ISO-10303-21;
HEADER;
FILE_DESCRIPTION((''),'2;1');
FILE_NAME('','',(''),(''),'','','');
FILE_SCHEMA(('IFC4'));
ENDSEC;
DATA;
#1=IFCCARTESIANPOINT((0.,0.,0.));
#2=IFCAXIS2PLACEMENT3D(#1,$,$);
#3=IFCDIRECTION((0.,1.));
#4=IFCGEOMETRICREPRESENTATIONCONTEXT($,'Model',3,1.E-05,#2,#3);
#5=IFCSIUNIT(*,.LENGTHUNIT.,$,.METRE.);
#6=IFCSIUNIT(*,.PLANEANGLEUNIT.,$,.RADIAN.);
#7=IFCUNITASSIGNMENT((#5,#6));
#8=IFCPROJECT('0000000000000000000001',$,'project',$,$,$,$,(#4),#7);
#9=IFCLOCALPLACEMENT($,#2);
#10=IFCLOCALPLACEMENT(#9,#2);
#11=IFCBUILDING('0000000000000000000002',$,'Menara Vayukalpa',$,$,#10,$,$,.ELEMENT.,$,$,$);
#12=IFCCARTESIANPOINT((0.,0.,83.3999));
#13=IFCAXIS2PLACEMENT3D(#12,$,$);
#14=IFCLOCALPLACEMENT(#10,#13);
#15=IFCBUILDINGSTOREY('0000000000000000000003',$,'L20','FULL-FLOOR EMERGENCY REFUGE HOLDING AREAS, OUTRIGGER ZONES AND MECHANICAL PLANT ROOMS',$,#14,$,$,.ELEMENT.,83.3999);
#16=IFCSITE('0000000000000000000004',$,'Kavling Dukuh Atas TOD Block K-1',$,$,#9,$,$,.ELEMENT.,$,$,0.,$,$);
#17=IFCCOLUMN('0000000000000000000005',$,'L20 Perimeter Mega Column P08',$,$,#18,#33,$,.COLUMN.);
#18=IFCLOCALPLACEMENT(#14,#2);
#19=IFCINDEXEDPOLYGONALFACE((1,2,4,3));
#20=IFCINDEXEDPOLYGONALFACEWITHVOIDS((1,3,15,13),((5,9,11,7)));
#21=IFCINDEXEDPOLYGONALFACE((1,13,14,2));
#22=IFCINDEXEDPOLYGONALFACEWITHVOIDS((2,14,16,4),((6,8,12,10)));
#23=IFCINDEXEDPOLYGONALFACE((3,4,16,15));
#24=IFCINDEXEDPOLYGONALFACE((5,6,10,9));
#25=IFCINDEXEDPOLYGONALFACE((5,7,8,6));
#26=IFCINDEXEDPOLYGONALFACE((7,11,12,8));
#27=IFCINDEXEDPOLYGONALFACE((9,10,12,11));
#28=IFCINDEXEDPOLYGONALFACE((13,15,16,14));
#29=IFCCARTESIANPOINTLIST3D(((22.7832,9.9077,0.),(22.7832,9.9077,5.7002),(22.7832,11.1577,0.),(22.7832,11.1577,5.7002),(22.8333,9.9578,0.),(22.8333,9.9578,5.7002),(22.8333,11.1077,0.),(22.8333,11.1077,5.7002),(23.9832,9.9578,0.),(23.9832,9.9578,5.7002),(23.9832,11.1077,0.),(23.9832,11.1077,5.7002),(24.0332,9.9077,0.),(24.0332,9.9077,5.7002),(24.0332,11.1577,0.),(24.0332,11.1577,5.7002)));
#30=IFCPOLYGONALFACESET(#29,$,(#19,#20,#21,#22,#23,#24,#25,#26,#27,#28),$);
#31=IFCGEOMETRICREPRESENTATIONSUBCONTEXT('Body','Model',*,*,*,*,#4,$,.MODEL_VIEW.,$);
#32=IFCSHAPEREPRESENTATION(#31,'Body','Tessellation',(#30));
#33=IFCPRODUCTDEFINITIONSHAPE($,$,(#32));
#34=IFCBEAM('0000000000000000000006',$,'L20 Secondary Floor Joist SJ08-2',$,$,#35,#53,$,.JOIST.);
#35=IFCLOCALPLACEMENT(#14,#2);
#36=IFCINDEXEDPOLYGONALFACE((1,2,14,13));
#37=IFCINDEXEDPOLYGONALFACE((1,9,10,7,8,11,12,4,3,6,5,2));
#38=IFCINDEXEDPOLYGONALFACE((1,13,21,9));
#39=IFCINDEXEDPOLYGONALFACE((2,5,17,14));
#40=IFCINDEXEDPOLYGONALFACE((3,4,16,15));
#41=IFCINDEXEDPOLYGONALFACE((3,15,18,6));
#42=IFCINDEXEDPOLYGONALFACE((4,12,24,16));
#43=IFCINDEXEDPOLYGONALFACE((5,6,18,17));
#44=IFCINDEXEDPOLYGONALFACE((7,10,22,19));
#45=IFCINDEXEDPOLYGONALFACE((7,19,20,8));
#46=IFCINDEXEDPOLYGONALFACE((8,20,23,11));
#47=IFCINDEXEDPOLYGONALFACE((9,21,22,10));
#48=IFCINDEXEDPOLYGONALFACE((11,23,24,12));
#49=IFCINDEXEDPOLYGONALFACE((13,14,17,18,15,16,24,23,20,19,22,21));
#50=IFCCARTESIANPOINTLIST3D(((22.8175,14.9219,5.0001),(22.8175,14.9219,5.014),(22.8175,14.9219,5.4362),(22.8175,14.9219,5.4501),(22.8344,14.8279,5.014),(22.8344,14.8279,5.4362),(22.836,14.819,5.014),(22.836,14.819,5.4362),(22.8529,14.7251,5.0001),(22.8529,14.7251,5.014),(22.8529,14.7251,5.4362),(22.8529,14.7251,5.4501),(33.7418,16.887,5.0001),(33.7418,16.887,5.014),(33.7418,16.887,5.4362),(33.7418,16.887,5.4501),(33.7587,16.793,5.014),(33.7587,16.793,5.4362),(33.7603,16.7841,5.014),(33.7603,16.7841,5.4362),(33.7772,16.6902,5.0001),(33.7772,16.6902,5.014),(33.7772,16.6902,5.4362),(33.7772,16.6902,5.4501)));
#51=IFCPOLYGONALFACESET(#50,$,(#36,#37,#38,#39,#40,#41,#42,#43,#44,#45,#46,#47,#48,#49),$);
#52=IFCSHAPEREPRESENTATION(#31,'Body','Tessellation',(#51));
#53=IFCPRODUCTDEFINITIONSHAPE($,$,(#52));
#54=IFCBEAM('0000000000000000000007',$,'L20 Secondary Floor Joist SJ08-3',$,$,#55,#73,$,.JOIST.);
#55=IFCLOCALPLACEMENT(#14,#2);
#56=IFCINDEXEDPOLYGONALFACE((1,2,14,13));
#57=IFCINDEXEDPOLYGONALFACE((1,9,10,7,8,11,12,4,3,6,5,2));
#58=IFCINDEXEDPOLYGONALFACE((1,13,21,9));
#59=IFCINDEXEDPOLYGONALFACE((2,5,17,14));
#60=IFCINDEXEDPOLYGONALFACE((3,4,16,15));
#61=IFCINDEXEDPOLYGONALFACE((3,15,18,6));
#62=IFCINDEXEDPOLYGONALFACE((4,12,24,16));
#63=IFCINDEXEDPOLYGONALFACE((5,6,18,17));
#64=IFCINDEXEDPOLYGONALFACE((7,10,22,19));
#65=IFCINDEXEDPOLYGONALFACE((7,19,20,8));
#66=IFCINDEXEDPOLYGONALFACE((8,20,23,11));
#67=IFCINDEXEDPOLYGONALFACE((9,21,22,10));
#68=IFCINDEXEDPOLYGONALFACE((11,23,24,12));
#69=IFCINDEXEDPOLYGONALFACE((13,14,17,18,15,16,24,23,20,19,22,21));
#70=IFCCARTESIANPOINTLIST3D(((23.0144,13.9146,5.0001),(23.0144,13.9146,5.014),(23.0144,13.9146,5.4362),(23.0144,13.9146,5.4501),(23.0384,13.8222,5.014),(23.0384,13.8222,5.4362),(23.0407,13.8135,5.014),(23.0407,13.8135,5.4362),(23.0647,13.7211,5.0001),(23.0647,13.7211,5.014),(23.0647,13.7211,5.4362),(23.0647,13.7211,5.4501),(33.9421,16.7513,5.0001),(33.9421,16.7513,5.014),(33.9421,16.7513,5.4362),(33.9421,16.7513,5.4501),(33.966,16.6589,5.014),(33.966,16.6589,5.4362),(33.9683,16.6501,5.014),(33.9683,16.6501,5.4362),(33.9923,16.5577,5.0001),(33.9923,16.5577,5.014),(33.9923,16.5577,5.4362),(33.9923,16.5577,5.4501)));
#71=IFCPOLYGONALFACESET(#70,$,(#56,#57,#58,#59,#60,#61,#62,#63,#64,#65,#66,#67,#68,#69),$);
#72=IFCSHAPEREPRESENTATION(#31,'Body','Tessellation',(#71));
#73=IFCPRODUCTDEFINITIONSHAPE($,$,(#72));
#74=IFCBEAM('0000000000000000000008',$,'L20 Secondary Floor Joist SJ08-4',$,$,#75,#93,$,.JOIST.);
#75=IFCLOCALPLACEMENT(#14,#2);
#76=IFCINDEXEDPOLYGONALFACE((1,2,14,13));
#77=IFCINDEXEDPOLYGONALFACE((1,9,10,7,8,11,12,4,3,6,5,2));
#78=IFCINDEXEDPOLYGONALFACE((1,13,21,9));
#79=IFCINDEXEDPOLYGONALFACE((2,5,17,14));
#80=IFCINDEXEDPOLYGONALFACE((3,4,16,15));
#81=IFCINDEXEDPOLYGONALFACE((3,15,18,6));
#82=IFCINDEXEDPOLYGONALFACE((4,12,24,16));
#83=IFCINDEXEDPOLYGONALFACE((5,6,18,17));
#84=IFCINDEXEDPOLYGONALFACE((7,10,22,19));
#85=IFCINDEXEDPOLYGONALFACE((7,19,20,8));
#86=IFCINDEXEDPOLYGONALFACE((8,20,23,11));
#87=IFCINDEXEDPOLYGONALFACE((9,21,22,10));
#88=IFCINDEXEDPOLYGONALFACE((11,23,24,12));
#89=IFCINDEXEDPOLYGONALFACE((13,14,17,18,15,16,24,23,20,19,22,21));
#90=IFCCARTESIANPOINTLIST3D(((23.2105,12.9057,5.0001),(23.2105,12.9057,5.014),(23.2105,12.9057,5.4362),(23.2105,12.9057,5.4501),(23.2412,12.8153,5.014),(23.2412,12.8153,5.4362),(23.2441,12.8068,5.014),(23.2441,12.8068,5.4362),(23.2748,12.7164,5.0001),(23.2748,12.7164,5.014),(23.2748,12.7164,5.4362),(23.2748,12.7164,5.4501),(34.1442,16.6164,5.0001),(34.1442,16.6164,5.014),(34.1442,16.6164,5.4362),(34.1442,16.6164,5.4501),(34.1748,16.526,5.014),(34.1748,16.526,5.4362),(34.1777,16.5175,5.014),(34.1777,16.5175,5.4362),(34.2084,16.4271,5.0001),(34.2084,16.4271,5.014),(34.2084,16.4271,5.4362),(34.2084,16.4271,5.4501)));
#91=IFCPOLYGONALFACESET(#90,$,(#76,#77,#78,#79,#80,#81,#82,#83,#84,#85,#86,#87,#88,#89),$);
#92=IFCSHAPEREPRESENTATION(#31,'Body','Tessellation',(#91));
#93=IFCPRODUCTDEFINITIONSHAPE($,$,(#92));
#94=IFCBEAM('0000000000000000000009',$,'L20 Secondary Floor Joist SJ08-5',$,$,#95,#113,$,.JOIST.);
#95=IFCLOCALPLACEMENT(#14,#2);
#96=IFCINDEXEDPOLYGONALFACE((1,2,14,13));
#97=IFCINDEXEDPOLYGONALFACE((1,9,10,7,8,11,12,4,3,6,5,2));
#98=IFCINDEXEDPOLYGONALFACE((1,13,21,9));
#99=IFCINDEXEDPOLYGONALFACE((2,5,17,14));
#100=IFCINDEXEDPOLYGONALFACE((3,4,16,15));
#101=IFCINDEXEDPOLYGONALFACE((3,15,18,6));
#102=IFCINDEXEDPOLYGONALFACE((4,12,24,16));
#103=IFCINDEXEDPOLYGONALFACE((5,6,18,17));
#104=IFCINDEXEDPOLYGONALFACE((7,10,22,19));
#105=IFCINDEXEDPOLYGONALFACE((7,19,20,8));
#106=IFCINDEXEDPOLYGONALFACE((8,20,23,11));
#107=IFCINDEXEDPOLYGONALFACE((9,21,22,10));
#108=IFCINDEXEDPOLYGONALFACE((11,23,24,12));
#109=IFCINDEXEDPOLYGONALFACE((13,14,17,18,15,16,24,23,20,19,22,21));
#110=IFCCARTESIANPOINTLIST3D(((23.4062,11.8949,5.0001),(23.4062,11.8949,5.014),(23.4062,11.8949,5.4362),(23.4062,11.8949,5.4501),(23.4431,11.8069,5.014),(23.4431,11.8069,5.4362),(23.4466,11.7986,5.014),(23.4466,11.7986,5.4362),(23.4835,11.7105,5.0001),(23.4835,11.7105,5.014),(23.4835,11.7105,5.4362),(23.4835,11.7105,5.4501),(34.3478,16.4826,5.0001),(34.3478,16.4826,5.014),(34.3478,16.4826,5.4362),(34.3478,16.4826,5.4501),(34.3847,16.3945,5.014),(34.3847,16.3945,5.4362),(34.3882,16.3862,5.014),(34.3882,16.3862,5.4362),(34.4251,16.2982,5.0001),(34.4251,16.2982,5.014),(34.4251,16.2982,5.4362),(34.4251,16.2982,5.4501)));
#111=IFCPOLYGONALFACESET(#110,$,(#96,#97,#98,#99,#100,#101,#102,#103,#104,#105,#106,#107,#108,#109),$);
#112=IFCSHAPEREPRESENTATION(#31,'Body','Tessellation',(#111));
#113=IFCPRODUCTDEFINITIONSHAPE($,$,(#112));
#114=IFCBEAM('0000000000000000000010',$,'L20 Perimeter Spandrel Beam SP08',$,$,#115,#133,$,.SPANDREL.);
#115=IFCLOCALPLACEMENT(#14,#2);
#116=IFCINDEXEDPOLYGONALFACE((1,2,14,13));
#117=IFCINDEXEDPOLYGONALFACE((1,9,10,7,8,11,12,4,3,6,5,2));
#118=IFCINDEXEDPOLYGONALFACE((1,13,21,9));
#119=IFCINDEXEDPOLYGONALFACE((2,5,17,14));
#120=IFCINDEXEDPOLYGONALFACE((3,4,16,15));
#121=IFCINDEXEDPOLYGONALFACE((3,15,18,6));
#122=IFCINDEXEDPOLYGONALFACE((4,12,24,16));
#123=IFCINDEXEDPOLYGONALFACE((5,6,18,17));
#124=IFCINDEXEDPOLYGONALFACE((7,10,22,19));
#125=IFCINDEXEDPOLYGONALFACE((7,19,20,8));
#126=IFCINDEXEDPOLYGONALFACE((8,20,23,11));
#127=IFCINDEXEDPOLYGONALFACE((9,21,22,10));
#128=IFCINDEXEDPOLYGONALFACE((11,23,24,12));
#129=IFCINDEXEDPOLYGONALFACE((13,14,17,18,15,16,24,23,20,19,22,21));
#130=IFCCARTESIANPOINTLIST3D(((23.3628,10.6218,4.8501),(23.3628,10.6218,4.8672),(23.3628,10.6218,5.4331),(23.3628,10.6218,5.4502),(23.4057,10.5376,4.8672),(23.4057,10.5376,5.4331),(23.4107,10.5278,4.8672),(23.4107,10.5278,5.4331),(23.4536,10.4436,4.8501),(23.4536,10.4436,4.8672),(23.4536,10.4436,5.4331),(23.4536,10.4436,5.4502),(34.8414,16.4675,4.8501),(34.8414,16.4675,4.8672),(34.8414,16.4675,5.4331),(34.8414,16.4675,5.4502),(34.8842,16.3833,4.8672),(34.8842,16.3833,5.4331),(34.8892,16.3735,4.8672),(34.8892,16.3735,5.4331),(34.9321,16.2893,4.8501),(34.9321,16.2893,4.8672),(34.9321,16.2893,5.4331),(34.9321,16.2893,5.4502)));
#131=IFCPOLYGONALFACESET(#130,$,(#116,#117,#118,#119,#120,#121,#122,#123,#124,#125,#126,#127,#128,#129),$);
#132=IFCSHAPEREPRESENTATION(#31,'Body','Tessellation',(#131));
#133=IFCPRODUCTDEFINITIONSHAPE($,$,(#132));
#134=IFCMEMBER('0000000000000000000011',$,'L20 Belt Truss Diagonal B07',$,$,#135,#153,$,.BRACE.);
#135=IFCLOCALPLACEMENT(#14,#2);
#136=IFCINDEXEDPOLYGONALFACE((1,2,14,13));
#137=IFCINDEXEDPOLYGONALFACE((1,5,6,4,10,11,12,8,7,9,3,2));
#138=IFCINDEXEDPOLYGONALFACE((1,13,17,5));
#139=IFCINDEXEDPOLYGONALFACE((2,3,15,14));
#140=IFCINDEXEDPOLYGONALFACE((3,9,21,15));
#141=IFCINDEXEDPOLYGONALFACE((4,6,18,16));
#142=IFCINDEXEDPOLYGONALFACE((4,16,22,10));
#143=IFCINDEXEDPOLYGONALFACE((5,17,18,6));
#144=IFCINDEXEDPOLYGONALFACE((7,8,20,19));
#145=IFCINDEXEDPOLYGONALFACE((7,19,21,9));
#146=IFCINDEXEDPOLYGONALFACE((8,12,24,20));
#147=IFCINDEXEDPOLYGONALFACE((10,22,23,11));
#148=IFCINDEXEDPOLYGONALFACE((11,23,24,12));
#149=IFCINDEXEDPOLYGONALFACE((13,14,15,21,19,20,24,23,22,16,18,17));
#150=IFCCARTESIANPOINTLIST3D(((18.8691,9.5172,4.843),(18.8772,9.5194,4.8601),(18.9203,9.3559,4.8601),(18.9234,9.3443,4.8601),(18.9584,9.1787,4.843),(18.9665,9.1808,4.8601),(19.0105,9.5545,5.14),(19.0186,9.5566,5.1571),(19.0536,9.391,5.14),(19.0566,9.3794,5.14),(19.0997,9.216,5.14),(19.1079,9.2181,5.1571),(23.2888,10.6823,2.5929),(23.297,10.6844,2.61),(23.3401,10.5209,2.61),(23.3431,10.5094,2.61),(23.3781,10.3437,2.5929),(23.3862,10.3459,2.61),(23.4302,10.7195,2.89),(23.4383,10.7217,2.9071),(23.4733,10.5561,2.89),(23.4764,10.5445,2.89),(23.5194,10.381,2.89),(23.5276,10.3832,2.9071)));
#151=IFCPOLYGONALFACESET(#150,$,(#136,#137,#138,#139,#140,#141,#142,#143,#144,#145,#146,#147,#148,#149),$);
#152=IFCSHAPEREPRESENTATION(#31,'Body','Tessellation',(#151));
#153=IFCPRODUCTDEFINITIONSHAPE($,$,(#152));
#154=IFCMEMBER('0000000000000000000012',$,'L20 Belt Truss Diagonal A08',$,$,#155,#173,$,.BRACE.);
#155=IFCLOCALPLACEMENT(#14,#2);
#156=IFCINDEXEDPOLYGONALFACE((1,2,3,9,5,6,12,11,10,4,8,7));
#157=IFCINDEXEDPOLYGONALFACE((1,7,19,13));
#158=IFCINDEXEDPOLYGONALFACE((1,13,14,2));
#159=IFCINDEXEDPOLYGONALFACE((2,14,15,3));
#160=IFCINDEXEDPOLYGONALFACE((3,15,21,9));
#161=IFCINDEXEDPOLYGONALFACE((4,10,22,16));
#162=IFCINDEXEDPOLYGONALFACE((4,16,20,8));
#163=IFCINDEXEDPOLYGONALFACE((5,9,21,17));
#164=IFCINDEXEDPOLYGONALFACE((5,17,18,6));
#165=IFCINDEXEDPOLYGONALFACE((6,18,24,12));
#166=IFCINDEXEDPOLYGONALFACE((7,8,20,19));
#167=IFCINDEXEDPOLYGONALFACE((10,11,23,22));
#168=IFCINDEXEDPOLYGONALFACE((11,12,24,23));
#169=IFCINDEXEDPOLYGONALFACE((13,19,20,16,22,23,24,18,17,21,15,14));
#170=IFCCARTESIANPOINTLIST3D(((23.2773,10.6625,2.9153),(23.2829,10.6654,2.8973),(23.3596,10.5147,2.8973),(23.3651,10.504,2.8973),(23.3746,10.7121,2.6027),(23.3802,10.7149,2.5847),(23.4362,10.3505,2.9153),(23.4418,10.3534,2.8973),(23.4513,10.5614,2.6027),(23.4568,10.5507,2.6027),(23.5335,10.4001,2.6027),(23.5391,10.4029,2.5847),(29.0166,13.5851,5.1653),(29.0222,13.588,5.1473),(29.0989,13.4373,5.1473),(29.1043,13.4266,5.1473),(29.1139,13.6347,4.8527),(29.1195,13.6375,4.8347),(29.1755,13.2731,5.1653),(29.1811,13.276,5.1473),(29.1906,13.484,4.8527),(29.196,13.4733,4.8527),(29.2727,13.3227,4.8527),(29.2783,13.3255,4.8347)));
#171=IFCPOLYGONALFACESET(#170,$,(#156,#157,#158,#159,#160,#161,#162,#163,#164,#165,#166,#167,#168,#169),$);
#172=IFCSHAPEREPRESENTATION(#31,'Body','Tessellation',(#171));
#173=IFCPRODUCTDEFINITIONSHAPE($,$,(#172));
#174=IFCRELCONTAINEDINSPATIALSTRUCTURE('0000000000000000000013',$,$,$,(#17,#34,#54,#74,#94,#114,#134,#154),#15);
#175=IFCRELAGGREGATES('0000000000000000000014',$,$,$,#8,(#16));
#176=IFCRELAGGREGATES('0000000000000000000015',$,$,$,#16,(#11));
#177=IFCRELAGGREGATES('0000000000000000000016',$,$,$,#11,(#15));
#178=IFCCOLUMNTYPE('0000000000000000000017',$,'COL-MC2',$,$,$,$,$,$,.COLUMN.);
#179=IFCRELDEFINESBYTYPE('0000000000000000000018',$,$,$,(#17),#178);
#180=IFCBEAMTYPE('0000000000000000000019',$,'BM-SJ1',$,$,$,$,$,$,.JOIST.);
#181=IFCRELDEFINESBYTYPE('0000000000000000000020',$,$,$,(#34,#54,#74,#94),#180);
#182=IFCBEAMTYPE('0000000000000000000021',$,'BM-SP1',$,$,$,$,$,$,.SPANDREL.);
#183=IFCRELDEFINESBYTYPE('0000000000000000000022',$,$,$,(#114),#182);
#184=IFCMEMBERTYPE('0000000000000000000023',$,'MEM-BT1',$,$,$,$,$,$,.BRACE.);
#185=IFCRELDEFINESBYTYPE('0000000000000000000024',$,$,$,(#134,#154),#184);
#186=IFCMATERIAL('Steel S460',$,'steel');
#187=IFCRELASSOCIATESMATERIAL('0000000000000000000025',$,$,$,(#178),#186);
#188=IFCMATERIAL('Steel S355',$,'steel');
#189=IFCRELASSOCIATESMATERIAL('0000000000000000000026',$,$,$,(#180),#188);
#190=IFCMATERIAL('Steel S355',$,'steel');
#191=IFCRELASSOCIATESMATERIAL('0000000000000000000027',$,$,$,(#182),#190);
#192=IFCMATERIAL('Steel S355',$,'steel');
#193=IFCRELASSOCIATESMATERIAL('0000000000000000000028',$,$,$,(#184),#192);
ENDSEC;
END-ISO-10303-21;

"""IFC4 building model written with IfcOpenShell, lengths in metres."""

from ifc_helpers import new_model, si_unit, direction, frame, origin, origin_2d, place, context, subcontext, project, spatial, hollow_rectangle, i_section, extrude, material, material_profile, profile_set, type_object, element, save


model = new_model("IFC4")

# Units and contexts
model_context = context("Model", 3, precision=1e-05, world=origin(), true_north=direction((0.0, 1.0)))
body_context = subcontext(model_context, "Body", "Model", "MODEL_VIEW")
ifc_project = project(units=[si_unit("LENGTHUNIT", "METRE"), si_unit("PLANEANGLEUNIT", "RADIAN")], contexts=[model_context])

# Site, building, storey
site_placement = place(None, origin())
site = spatial("IfcSite", under=ifc_project, at=site_placement, Name="Kavling Dukuh Atas TOD Block K-1", CompositionType="ELEMENT", RefElevation=0.0)
building_placement = place(site_placement, origin())
building = spatial("IfcBuilding", under=site, at=building_placement, Name="Menara Vayukalpa", CompositionType="ELEMENT")
storey_placement = place(building_placement, frame((0.0, 0.0, 83.3999)))
storey = spatial("IfcBuildingStorey", under=building, at=storey_placement, Name="L20", Description="FULL-FLOOR EMERGENCY REFUGE HOLDING AREAS, OUTRIGGER ZONES AND MECHANICAL PLANT ROOMS", CompositionType="ELEMENT", Elevation=83.3999)

# Column
ifc_material_1 = material(Name="Steel S460", Category="steel")
ifc_material_profile_1 = material_profile(ifc_material_1, hollow_rectangle(XDim=1.25, YDim=1.25, WallThickness=0.05, at=origin_2d()), Name="BOX 1250x1250x50")
ifc_profile_set_1 = profile_set([ifc_material_profile_1], Name="Steel S460")
column_type = type_object("IfcColumnType", Name="COL-MC2", PredefinedType="COLUMN", material=ifc_profile_set_1)
column_placement = place(storey_placement, frame((23.4082, 10.5327, 0.0), z_axis=(0.0, 0.0, 1.0), x_axis=(1.0, 0.0, 0.0)))
element("IfcColumn", 1, at=column_placement, inside=storey, type_object=column_type, Name="L20 Perimeter Mega Column P08", PredefinedType="COLUMN", context=body_context, shape_type="SweptSolid", body=[
    extrude(hollow_rectangle(XDim=1.25, YDim=1.25, WallThickness=0.05, at=origin_2d()), origin(), (0.0, 0.0, 1.0), 5.7002),
])

# Beams
ifc_material_2 = material(Name="Steel S355", Category="steel")
ifc_material_profile_2 = material_profile(ifc_material_2, i_section(OverallWidth=0.2, OverallDepth=0.45, WebThickness=0.009, FlangeThickness=0.0139, at=origin_2d()), Name="WF 450x200x9x14")
ifc_profile_set_2 = profile_set([ifc_material_profile_2], Name="Steel S355")
beam_type_1 = type_object("IfcBeamType", Name="BM-SJ1", PredefinedType="JOIST", material=ifc_profile_set_2)
beam_1_placement = place(storey_placement, frame((22.8352, 14.8235, 5.2251), z_axis=(0.984204, 0.177041, 0.0), x_axis=(-0.177041, 0.984204, 0.0)))
element("IfcBeam", 2, at=beam_1_placement, inside=storey, type_object=beam_type_1, Name="L20 Secondary Floor Joist SJ08-2", PredefinedType="JOIST", context=body_context, shape_type="SweptSolid", body=[
    extrude(i_section(OverallWidth=0.2, OverallDepth=0.45, WebThickness=0.009, FlangeThickness=0.0139, at=origin_2d()), origin(), (0.0, 0.0, 1.0), 11.0996),
])
beam_2_placement = place(storey_placement, frame((23.0396, 13.8179, 5.2251), z_axis=(0.96792, 0.251257, 0.0), x_axis=(-0.251257, 0.96792, 0.0)))
element("IfcBeam", 3, at=beam_2_placement, inside=storey, type_object=beam_type_1, Name="L20 Secondary Floor Joist SJ08-3", PredefinedType="JOIST", context=body_context, shape_type="SweptSolid", body=[
    extrude(i_section(OverallWidth=0.2, OverallDepth=0.45, WebThickness=0.009, FlangeThickness=0.0139, at=origin_2d()), origin(), (0.0, 0.0, 1.0), 11.2898),
])
beam_3_placement = place(storey_placement, frame((23.2427, 12.811, 5.2251), z_axis=(0.94695, 0.32138, 0.0), x_axis=(-0.32138, 0.94695, 0.0)))
element("IfcBeam", 4, at=beam_3_placement, inside=storey, type_object=beam_type_1, Name="L20 Secondary Floor Joist SJ08-4", PredefinedType="JOIST", context=body_context, shape_type="SweptSolid", body=[
    extrude(i_section(OverallWidth=0.2, OverallDepth=0.45, WebThickness=0.009, FlangeThickness=0.0139, at=origin_2d()), origin(), (0.0, 0.0, 1.0), 11.5461),
])
beam_4_placement = place(storey_placement, frame((23.4448, 11.8027, 5.2251), z_axis=(0.922218, 0.38667, 0.0), x_axis=(-0.38667, 0.922218, 0.0)))
element("IfcBeam", 5, at=beam_4_placement, inside=storey, type_object=beam_type_1, Name="L20 Secondary Floor Joist SJ08-5", PredefinedType="JOIST", context=body_context, shape_type="SweptSolid", body=[
    extrude(i_section(OverallWidth=0.2, OverallDepth=0.45, WebThickness=0.009, FlangeThickness=0.0139, at=origin_2d()), origin(), (0.0, 0.0, 1.0), 11.8645),
])
ifc_material_3 = material(Name="Steel S355", Category="steel")
ifc_material_profile_3 = material_profile(ifc_material_3, i_section(OverallWidth=0.2, OverallDepth=0.6001, WebThickness=0.011, FlangeThickness=0.0171, at=origin_2d()), Name="WF 600x200x11x17")
ifc_profile_set_3 = profile_set([ifc_material_profile_3], Name="Steel S355")
beam_type_2 = type_object("IfcBeamType", Name="BM-SP1", PredefinedType="SPANDREL", material=ifc_profile_set_3)
beam_5_placement = place(storey_placement, frame((23.4082, 10.5327, 5.1501), z_axis=(0.891097, 0.453812, 0.0), x_axis=(-0.453812, 0.891097, 0.0)))
element("IfcBeam", 6, at=beam_5_placement, inside=storey, type_object=beam_type_2, Name="L20 Perimeter Spandrel Beam SP08", PredefinedType="SPANDREL", context=body_context, shape_type="SweptSolid", body=[
    extrude(i_section(OverallWidth=0.2, OverallDepth=0.6001, WebThickness=0.011, FlangeThickness=0.0171, at=origin_2d()), origin(), (0.0, 0.0, 1.0), 12.8813),
])

# Members
ifc_material_4 = material(Name="Steel S355", Category="steel")
ifc_material_profile_4 = material_profile(ifc_material_4, i_section(OverallWidth=0.3501, OverallDepth=0.3501, WebThickness=0.012, FlangeThickness=0.019, at=origin_2d()), Name="H 350x350x12x19")
ifc_profile_set_4 = profile_set([ifc_material_profile_4], Name="Steel S355")
member_type_1 = type_object("IfcMemberType", Name="MEM-BT1", PredefinedType="BRACE", material=ifc_profile_set_4)
member_1_placement = place(storey_placement, frame((23.4082, 10.5327, 2.75), z_axis=(-0.867548, -0.228688, 0.441658), x_axis=(0.254896, -0.966969, 0.0)))
element("IfcMember", 7, at=member_1_placement, inside=storey, type_object=member_type_1, Name="L20 Belt Truss Diagonal B07", PredefinedType="BRACE", context=body_context, shape_type="SweptSolid", body=[
    extrude(i_section(OverallWidth=0.3501, OverallDepth=0.3501, WebThickness=0.012, FlangeThickness=0.019, at=origin_2d()), origin(), (0.0, 0.0, 1.0), 5.0945),
])
member_2_placement = place(storey_placement, frame((23.4082, 10.5327, 2.75), z_axis=(0.841255, 0.428393, 0.329803), x_axis=(-0.453782, 0.891113, 0.0)))
element("IfcMember", 8, at=member_2_placement, inside=storey, type_object=member_type_1, Name="L20 Belt Truss Diagonal A08", PredefinedType="BRACE", context=body_context, shape_type="SweptSolid", body=[
    extrude(i_section(OverallWidth=0.3501, OverallDepth=0.3501, WebThickness=0.012, FlangeThickness=0.019, at=origin_2d()), origin(), (0.0, 0.0, 1.0), 6.8223),
])

save(model, "model.ifc")
